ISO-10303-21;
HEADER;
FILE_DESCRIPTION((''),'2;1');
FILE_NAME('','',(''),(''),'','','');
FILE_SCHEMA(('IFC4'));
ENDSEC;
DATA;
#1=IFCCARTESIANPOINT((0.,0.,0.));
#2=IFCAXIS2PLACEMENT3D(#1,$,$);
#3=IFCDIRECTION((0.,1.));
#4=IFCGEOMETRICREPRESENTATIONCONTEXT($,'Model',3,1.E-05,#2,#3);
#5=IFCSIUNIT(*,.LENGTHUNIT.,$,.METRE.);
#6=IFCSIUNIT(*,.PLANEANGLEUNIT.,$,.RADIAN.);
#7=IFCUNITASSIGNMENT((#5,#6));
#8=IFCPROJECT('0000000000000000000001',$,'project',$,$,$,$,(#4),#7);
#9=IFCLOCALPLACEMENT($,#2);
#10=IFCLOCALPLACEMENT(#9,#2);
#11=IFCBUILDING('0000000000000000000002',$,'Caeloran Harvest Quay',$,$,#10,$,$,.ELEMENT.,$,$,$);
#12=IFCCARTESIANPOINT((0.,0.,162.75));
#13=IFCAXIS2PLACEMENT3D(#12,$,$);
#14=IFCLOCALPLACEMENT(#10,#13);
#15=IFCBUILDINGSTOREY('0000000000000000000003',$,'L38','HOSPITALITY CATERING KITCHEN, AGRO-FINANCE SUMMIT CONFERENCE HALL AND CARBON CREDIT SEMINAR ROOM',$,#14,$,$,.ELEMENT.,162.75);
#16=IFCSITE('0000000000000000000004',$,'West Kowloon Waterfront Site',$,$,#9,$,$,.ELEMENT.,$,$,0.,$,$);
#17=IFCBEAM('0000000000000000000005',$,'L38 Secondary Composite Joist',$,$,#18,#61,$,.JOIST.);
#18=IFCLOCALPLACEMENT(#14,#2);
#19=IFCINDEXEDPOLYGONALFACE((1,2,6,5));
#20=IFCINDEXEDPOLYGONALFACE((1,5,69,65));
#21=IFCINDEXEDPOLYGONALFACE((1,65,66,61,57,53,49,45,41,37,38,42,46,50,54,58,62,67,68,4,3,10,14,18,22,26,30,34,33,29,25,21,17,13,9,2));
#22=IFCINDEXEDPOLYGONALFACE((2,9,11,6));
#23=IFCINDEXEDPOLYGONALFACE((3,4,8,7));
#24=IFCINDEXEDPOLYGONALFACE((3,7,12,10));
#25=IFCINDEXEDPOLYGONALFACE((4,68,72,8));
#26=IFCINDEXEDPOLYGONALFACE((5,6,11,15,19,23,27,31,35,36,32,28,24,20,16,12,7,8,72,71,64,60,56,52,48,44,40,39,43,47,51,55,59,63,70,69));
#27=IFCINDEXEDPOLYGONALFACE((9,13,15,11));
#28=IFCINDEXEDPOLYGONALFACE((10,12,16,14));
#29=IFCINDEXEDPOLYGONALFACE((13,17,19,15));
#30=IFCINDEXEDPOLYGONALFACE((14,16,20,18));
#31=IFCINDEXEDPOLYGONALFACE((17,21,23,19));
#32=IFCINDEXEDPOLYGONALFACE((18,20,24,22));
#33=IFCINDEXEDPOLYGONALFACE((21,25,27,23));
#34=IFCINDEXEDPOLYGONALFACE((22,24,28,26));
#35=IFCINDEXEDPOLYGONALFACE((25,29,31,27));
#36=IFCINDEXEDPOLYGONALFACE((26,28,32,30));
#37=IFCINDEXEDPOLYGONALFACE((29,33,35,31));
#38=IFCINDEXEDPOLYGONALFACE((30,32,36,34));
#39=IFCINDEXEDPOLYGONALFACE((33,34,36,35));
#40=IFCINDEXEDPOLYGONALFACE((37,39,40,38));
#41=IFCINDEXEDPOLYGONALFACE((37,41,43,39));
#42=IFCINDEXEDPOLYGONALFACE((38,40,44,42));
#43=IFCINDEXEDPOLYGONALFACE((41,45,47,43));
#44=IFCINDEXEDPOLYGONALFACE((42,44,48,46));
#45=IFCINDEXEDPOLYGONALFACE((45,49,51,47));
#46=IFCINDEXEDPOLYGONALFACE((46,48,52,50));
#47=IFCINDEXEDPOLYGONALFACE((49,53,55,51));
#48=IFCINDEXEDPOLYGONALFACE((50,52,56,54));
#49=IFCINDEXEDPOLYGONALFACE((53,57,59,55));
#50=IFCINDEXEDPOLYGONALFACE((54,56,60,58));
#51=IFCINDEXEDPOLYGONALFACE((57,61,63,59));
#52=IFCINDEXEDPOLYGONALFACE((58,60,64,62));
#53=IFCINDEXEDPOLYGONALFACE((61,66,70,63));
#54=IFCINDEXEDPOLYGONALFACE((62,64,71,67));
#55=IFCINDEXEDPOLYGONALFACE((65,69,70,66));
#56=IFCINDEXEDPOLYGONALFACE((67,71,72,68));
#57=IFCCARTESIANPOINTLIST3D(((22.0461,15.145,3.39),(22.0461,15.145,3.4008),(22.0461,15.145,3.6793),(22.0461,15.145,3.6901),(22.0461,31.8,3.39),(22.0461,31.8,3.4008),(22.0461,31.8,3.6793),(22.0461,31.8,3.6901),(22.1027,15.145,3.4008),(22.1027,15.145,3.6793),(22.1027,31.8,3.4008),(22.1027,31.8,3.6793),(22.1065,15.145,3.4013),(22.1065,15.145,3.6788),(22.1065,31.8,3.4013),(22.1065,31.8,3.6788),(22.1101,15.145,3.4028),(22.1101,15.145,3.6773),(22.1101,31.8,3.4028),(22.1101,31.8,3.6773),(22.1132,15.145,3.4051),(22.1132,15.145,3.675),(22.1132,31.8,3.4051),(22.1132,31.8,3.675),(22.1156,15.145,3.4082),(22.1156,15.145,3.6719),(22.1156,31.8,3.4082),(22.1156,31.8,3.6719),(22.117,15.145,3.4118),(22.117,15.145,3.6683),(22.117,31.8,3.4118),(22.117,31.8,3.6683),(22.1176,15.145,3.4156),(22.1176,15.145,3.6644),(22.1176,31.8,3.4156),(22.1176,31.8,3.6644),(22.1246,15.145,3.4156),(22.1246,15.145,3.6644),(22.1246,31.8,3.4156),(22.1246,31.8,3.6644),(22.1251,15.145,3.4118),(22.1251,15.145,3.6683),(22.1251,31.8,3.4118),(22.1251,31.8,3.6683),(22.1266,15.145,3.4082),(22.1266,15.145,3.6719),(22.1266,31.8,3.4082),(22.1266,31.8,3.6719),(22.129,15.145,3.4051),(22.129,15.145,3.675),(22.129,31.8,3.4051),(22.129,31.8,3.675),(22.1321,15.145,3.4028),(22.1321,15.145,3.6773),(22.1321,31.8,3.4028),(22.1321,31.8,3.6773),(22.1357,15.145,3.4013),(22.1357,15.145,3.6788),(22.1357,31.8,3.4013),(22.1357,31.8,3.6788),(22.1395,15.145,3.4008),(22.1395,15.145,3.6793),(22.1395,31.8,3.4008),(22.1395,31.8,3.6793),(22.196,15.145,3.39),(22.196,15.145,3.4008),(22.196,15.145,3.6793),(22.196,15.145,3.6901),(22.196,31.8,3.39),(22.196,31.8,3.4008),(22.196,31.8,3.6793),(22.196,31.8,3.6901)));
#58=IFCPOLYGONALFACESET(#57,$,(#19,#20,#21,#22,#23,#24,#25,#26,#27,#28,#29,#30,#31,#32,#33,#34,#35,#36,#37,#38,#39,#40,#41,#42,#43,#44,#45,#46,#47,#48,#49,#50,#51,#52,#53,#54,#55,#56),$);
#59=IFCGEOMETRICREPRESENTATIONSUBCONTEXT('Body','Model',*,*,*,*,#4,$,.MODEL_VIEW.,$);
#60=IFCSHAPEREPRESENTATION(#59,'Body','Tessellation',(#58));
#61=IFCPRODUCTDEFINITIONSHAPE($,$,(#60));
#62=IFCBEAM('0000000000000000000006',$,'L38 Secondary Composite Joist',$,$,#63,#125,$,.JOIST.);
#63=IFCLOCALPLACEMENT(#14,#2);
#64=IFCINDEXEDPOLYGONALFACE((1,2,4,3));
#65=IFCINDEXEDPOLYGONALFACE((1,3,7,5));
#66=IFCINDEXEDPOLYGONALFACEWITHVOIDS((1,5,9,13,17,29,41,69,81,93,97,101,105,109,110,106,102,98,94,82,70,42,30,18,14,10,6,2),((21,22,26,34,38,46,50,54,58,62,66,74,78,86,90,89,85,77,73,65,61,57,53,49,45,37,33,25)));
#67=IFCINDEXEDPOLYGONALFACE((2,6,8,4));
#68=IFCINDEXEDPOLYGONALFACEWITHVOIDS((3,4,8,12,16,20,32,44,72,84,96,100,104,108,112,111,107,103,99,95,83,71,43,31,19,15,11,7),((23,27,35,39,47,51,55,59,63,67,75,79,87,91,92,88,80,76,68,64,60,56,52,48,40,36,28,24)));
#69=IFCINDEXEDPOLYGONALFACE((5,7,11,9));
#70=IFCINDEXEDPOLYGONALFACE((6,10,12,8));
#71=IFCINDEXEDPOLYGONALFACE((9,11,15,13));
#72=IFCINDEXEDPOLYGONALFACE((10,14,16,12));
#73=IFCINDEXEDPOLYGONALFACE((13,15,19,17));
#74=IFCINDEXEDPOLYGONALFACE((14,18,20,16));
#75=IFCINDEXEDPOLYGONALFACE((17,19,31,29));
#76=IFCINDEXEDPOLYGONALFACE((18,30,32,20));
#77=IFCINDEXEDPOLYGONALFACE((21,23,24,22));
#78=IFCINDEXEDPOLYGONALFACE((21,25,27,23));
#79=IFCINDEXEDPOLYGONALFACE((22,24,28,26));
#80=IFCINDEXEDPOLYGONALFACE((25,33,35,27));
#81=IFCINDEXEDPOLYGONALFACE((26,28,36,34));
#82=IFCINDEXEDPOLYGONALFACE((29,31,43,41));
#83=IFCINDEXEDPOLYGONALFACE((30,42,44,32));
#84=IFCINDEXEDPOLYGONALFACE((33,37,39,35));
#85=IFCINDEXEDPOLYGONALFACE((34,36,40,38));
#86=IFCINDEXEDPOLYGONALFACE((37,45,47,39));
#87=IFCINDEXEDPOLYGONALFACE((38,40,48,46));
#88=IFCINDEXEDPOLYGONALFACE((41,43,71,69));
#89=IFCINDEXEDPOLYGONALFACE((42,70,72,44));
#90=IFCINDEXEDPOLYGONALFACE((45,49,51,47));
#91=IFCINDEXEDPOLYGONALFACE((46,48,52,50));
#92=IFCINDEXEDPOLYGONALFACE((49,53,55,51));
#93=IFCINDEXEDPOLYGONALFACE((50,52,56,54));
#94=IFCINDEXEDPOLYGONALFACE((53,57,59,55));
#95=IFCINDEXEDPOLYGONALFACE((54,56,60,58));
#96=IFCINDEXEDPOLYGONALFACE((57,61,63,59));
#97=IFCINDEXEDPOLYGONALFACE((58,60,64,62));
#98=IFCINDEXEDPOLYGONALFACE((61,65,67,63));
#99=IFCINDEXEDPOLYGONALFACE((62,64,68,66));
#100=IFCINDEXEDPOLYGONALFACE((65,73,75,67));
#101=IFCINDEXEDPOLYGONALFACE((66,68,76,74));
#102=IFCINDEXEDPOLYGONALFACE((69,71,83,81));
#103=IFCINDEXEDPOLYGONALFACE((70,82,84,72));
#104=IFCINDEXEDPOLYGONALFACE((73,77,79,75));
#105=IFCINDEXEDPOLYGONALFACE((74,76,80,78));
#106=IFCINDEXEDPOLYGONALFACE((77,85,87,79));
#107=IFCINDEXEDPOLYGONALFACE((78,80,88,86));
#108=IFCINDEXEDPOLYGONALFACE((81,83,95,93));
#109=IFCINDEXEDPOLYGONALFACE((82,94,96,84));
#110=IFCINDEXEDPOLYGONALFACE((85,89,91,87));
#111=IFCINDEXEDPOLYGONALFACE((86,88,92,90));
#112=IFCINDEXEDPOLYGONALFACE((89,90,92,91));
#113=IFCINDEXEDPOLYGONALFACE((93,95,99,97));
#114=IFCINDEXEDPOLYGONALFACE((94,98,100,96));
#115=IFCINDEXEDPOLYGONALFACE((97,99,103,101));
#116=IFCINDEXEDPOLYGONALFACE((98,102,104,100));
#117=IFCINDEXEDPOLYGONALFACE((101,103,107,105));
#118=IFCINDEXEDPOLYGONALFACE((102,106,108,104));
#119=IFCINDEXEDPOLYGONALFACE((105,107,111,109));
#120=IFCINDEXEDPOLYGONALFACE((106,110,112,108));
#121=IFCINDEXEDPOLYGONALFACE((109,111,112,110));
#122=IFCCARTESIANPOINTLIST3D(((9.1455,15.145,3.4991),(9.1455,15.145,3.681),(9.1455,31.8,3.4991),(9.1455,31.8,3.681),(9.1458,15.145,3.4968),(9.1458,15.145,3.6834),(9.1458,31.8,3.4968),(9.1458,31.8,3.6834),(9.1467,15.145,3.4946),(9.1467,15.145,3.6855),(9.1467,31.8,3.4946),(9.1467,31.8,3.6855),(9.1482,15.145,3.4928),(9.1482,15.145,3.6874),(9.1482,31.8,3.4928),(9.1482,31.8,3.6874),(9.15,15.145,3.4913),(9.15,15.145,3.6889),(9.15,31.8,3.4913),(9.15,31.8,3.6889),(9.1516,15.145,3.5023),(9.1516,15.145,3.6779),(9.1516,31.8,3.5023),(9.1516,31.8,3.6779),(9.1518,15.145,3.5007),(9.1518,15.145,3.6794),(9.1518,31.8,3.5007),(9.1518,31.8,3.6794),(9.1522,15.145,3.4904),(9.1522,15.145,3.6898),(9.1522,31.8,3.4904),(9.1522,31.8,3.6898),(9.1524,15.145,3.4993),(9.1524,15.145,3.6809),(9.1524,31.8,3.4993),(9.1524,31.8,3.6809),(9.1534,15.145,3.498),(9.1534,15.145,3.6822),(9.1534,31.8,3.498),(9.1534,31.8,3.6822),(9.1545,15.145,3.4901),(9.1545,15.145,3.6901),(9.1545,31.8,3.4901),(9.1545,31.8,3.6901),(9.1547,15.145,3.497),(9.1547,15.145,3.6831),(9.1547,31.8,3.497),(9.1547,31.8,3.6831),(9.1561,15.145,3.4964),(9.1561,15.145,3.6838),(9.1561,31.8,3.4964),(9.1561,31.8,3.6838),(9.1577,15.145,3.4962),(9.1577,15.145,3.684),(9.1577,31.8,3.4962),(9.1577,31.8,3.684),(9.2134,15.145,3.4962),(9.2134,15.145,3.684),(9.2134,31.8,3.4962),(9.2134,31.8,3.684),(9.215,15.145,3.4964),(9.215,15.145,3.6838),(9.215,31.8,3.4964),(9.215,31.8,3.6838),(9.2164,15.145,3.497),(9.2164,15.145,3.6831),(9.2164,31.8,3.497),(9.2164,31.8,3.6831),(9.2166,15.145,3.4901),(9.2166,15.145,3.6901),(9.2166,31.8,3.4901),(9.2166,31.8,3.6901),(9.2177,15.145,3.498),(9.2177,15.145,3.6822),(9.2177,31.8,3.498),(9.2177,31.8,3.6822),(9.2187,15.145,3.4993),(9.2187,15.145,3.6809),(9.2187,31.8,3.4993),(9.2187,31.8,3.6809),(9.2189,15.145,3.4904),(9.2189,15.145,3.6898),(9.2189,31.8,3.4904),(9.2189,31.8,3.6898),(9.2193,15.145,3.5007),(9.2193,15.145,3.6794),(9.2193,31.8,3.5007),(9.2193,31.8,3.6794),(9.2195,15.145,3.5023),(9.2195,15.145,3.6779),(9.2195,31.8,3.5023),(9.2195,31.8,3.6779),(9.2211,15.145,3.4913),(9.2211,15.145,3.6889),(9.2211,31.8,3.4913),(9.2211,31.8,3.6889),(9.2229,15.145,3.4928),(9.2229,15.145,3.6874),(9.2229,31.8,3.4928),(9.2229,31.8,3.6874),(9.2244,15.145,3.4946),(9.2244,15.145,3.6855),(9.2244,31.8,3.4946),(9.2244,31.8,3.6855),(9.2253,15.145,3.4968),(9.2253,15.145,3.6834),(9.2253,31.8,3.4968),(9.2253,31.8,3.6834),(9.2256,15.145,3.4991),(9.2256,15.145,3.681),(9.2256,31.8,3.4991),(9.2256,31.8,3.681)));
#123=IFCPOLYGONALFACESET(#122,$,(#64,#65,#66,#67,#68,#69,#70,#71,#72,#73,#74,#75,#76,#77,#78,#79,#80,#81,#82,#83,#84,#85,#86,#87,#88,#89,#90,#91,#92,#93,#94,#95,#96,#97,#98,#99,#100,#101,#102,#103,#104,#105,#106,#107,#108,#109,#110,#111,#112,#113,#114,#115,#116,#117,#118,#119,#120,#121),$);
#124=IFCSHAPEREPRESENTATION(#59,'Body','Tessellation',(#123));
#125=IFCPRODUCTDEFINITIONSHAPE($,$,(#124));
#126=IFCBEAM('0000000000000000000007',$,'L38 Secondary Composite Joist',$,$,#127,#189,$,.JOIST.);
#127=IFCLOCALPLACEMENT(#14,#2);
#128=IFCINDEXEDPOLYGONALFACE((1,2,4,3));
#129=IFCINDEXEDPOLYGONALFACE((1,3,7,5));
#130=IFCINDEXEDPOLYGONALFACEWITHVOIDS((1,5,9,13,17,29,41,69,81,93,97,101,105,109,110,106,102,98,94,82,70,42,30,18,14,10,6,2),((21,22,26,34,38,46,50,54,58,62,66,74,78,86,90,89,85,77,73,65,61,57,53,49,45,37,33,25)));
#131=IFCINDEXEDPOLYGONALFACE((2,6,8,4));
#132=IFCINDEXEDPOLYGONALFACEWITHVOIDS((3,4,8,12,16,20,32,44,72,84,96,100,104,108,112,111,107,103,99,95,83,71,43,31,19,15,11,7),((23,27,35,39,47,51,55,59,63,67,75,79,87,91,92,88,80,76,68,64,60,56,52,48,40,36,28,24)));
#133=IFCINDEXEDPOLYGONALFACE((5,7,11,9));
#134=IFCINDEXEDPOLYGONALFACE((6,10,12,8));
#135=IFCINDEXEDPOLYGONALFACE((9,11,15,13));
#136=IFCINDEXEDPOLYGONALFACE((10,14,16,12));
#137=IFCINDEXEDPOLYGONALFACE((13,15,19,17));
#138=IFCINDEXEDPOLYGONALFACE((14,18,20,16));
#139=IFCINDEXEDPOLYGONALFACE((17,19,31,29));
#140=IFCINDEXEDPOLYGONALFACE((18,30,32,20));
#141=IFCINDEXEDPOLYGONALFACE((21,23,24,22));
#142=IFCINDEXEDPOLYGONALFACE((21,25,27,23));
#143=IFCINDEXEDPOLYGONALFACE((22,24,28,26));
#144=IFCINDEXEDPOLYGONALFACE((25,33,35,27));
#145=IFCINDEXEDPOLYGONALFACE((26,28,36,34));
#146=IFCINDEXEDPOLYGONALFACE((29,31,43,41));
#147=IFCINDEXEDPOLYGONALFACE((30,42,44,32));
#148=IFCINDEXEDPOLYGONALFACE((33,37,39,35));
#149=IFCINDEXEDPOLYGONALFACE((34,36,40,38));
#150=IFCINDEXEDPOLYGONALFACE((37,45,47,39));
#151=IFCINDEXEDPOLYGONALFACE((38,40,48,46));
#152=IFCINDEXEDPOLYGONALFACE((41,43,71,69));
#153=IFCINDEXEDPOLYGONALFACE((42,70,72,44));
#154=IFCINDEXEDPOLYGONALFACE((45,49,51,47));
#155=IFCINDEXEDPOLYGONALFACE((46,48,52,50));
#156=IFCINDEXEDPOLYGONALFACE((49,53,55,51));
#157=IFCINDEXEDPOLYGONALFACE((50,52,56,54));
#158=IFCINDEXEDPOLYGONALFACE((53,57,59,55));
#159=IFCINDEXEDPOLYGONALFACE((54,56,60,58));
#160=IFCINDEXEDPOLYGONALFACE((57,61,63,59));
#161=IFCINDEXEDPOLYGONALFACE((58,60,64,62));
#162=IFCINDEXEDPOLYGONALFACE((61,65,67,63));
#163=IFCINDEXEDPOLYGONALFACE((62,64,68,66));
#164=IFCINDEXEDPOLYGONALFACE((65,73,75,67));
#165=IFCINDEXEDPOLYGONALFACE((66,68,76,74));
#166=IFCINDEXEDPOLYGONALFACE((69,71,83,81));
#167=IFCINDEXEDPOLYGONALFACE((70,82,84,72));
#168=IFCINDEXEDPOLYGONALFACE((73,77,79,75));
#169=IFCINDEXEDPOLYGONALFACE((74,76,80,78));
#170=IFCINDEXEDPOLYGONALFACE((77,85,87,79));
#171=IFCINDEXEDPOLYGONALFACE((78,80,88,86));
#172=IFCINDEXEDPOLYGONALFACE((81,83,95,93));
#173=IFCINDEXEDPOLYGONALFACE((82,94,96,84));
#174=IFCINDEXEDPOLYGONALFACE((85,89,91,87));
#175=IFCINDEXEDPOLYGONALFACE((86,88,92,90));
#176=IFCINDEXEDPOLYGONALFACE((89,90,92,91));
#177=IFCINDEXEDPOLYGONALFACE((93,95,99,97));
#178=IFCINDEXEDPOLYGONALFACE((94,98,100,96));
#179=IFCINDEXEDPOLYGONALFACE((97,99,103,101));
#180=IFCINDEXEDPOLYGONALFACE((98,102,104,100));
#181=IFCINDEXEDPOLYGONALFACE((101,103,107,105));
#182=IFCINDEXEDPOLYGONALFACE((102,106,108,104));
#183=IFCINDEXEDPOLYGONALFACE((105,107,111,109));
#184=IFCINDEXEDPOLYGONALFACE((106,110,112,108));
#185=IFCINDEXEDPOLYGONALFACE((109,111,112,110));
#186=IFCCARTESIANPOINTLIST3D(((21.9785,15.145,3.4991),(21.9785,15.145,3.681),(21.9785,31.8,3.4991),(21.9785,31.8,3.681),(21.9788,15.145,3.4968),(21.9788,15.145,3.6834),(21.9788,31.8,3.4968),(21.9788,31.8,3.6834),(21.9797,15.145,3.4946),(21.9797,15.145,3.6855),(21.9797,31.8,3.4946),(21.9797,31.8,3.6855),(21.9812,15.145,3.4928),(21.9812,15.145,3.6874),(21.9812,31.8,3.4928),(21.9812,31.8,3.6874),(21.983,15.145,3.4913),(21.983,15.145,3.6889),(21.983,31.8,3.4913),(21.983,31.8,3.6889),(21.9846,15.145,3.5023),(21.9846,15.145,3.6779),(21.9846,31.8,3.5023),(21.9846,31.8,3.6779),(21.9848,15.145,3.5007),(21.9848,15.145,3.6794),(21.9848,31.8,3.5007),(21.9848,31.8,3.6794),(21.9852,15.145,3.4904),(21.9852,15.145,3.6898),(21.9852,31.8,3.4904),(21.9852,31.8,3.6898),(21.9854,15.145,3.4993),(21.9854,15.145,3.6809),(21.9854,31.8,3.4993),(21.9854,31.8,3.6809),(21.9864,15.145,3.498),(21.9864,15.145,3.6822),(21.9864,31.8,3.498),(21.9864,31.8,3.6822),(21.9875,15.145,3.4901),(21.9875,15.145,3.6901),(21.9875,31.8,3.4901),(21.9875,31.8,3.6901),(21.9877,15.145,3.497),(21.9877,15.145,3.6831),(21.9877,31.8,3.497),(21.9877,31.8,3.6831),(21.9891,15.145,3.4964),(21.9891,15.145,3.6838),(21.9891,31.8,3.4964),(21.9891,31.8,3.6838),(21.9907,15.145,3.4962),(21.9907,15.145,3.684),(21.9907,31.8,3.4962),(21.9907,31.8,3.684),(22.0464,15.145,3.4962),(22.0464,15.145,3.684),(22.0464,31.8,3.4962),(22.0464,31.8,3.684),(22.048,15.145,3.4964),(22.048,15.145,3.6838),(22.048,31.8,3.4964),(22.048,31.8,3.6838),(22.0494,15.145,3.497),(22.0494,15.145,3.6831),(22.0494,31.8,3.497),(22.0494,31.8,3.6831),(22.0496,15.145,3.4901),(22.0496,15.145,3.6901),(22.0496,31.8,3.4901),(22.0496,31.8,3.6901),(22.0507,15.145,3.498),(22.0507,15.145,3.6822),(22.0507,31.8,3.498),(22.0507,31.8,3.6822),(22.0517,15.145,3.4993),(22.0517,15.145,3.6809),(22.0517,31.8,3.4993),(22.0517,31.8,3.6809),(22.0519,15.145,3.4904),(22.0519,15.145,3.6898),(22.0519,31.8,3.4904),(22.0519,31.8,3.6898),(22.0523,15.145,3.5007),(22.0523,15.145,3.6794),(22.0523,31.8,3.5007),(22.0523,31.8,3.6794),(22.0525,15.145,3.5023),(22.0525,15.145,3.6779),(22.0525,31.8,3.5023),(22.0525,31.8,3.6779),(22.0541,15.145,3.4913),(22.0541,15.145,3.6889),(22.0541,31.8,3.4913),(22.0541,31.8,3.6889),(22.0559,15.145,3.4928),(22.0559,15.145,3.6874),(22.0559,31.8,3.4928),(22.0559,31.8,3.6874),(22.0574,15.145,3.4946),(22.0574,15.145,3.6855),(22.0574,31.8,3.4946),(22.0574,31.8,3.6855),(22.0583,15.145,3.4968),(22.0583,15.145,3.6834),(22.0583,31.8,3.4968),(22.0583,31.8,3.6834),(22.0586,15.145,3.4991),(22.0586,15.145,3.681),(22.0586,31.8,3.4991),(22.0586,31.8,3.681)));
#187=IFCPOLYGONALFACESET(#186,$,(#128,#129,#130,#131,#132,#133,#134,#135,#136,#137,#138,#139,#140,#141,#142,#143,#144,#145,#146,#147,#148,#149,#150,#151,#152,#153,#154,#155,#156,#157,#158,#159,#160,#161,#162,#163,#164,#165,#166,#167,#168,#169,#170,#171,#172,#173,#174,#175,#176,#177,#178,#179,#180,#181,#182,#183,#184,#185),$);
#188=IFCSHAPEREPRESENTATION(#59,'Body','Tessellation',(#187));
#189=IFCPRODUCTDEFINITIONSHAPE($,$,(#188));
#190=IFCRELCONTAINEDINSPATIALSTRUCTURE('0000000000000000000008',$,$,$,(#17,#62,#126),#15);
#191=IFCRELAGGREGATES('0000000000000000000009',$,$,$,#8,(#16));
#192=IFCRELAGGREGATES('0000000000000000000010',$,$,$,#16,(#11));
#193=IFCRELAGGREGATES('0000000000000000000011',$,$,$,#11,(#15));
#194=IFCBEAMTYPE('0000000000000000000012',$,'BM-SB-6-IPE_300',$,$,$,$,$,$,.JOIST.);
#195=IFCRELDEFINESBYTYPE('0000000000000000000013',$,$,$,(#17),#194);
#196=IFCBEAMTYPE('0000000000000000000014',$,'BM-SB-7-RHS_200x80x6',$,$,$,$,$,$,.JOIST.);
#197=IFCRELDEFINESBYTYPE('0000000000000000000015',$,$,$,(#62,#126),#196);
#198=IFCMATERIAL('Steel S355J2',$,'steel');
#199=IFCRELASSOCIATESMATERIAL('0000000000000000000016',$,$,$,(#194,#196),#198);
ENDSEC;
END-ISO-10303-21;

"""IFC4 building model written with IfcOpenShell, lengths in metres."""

from ifc_helpers import new_model, si_unit, direction, frame, origin, origin_2d, place, context, subcontext, project, spatial, hollow_rectangle, i_section, extrude, material, material_profile, profile_set, type_object, element, save


model = new_model("IFC4")

# Units and contexts
model_context = context("Model", 3, precision=1e-05, world=origin(), true_north=direction((0.0, 1.0)))
body_context = subcontext(model_context, "Body", "Model", "MODEL_VIEW")
ifc_project = project(units=[si_unit("LENGTHUNIT", "METRE"), si_unit("PLANEANGLEUNIT", "RADIAN")], contexts=[model_context])

# Site, building, storey
site_placement = place(None, origin())
site = spatial("IfcSite", under=ifc_project, at=site_placement, Name="West Kowloon Waterfront Site", CompositionType="ELEMENT", RefElevation=0.0)
building_placement = place(site_placement, origin())
building = spatial("IfcBuilding", under=site, at=building_placement, Name="Caeloran Harvest Quay", CompositionType="ELEMENT")
storey_placement = place(building_placement, frame((0.0, 0.0, 162.75)))
storey = spatial("IfcBuildingStorey", under=building, at=storey_placement, Name="L38", Description="HOSPITALITY CATERING KITCHEN, AGRO-FINANCE SUMMIT CONFERENCE HALL AND CARBON CREDIT SEMINAR ROOM", CompositionType="ELEMENT", Elevation=162.75)

# Beams
ifc_material_1 = material(Name="Steel S355J2", Category="steel")
ifc_material_profile_1 = material_profile(ifc_material_1, i_section(OverallWidth=0.1499, OverallDepth=0.3, WebThickness=0.0071, FlangeThickness=0.0107, FilletRadius=0.0149, at=origin_2d()), Name="IPE 300")
ifc_profile_set_1 = profile_set([ifc_material_profile_1], Name="Steel S355J2")
beam_type_1 = type_object("IfcBeamType", Name="BM-SB-6-IPE_300", PredefinedType="JOIST", material=ifc_profile_set_1)
for number, where, z_axis, x_axis, name in (
    (1, (22.1211, 15.145, 3.54), (0.0, 1.0, 0.0), (-1.0, 0.0, 0.0), "L38 Secondary Composite Joist"),
):
    element("IfcBeam", number, at=place(storey_placement, frame(where, z_axis=z_axis, x_axis=x_axis)), inside=storey, type_object=beam_type_1, Name=name, PredefinedType="JOIST", context=body_context, shape_type="SweptSolid", body=[
        extrude(i_section(OverallWidth=0.1499, OverallDepth=0.3, WebThickness=0.0071, FlangeThickness=0.0107, FilletRadius=0.0149, at=origin_2d()), origin(), (0.0, 0.0, 1.0), 16.655),
    ])
ifc_material_profile_2 = material_profile(ifc_material_1, hollow_rectangle(XDim=0.0801, YDim=0.2, WallThickness=0.0061, InnerFilletRadius=0.0061, OuterFilletRadius=0.009, at=origin_2d()), Name="RHS 200x80x6")
ifc_profile_set_2 = profile_set([ifc_material_profile_2], Name="Steel S355J2")
beam_type_2 = type_object("IfcBeamType", Name="BM-SB-7-RHS_200x80x6", PredefinedType="JOIST", material=ifc_profile_set_2)
for number, where, z_axis, x_axis, name in (
    (2, (9.1855, 15.145, 3.5901), (0.0, 1.0, 0.0), (-1.0, 0.0, 0.0), "L38 Secondary Composite Joist"),
    (3, (22.0186, 15.145, 3.5901), (0.0, 1.0, 0.0), (-1.0, 0.0, 0.0), "L38 Secondary Composite Joist"),
):
    element("IfcBeam", number, at=place(storey_placement, frame(where, z_axis=z_axis, x_axis=x_axis)), inside=storey, type_object=beam_type_2, Name=name, PredefinedType="JOIST", context=body_context, shape_type="SweptSolid", body=[
        extrude(hollow_rectangle(XDim=0.0801, YDim=0.2, WallThickness=0.0061, InnerFilletRadius=0.0061, OuterFilletRadius=0.009, at=origin_2d()), origin(), (0.0, 0.0, 1.0), 16.655),
    ])

save(model, "model.ifc")
